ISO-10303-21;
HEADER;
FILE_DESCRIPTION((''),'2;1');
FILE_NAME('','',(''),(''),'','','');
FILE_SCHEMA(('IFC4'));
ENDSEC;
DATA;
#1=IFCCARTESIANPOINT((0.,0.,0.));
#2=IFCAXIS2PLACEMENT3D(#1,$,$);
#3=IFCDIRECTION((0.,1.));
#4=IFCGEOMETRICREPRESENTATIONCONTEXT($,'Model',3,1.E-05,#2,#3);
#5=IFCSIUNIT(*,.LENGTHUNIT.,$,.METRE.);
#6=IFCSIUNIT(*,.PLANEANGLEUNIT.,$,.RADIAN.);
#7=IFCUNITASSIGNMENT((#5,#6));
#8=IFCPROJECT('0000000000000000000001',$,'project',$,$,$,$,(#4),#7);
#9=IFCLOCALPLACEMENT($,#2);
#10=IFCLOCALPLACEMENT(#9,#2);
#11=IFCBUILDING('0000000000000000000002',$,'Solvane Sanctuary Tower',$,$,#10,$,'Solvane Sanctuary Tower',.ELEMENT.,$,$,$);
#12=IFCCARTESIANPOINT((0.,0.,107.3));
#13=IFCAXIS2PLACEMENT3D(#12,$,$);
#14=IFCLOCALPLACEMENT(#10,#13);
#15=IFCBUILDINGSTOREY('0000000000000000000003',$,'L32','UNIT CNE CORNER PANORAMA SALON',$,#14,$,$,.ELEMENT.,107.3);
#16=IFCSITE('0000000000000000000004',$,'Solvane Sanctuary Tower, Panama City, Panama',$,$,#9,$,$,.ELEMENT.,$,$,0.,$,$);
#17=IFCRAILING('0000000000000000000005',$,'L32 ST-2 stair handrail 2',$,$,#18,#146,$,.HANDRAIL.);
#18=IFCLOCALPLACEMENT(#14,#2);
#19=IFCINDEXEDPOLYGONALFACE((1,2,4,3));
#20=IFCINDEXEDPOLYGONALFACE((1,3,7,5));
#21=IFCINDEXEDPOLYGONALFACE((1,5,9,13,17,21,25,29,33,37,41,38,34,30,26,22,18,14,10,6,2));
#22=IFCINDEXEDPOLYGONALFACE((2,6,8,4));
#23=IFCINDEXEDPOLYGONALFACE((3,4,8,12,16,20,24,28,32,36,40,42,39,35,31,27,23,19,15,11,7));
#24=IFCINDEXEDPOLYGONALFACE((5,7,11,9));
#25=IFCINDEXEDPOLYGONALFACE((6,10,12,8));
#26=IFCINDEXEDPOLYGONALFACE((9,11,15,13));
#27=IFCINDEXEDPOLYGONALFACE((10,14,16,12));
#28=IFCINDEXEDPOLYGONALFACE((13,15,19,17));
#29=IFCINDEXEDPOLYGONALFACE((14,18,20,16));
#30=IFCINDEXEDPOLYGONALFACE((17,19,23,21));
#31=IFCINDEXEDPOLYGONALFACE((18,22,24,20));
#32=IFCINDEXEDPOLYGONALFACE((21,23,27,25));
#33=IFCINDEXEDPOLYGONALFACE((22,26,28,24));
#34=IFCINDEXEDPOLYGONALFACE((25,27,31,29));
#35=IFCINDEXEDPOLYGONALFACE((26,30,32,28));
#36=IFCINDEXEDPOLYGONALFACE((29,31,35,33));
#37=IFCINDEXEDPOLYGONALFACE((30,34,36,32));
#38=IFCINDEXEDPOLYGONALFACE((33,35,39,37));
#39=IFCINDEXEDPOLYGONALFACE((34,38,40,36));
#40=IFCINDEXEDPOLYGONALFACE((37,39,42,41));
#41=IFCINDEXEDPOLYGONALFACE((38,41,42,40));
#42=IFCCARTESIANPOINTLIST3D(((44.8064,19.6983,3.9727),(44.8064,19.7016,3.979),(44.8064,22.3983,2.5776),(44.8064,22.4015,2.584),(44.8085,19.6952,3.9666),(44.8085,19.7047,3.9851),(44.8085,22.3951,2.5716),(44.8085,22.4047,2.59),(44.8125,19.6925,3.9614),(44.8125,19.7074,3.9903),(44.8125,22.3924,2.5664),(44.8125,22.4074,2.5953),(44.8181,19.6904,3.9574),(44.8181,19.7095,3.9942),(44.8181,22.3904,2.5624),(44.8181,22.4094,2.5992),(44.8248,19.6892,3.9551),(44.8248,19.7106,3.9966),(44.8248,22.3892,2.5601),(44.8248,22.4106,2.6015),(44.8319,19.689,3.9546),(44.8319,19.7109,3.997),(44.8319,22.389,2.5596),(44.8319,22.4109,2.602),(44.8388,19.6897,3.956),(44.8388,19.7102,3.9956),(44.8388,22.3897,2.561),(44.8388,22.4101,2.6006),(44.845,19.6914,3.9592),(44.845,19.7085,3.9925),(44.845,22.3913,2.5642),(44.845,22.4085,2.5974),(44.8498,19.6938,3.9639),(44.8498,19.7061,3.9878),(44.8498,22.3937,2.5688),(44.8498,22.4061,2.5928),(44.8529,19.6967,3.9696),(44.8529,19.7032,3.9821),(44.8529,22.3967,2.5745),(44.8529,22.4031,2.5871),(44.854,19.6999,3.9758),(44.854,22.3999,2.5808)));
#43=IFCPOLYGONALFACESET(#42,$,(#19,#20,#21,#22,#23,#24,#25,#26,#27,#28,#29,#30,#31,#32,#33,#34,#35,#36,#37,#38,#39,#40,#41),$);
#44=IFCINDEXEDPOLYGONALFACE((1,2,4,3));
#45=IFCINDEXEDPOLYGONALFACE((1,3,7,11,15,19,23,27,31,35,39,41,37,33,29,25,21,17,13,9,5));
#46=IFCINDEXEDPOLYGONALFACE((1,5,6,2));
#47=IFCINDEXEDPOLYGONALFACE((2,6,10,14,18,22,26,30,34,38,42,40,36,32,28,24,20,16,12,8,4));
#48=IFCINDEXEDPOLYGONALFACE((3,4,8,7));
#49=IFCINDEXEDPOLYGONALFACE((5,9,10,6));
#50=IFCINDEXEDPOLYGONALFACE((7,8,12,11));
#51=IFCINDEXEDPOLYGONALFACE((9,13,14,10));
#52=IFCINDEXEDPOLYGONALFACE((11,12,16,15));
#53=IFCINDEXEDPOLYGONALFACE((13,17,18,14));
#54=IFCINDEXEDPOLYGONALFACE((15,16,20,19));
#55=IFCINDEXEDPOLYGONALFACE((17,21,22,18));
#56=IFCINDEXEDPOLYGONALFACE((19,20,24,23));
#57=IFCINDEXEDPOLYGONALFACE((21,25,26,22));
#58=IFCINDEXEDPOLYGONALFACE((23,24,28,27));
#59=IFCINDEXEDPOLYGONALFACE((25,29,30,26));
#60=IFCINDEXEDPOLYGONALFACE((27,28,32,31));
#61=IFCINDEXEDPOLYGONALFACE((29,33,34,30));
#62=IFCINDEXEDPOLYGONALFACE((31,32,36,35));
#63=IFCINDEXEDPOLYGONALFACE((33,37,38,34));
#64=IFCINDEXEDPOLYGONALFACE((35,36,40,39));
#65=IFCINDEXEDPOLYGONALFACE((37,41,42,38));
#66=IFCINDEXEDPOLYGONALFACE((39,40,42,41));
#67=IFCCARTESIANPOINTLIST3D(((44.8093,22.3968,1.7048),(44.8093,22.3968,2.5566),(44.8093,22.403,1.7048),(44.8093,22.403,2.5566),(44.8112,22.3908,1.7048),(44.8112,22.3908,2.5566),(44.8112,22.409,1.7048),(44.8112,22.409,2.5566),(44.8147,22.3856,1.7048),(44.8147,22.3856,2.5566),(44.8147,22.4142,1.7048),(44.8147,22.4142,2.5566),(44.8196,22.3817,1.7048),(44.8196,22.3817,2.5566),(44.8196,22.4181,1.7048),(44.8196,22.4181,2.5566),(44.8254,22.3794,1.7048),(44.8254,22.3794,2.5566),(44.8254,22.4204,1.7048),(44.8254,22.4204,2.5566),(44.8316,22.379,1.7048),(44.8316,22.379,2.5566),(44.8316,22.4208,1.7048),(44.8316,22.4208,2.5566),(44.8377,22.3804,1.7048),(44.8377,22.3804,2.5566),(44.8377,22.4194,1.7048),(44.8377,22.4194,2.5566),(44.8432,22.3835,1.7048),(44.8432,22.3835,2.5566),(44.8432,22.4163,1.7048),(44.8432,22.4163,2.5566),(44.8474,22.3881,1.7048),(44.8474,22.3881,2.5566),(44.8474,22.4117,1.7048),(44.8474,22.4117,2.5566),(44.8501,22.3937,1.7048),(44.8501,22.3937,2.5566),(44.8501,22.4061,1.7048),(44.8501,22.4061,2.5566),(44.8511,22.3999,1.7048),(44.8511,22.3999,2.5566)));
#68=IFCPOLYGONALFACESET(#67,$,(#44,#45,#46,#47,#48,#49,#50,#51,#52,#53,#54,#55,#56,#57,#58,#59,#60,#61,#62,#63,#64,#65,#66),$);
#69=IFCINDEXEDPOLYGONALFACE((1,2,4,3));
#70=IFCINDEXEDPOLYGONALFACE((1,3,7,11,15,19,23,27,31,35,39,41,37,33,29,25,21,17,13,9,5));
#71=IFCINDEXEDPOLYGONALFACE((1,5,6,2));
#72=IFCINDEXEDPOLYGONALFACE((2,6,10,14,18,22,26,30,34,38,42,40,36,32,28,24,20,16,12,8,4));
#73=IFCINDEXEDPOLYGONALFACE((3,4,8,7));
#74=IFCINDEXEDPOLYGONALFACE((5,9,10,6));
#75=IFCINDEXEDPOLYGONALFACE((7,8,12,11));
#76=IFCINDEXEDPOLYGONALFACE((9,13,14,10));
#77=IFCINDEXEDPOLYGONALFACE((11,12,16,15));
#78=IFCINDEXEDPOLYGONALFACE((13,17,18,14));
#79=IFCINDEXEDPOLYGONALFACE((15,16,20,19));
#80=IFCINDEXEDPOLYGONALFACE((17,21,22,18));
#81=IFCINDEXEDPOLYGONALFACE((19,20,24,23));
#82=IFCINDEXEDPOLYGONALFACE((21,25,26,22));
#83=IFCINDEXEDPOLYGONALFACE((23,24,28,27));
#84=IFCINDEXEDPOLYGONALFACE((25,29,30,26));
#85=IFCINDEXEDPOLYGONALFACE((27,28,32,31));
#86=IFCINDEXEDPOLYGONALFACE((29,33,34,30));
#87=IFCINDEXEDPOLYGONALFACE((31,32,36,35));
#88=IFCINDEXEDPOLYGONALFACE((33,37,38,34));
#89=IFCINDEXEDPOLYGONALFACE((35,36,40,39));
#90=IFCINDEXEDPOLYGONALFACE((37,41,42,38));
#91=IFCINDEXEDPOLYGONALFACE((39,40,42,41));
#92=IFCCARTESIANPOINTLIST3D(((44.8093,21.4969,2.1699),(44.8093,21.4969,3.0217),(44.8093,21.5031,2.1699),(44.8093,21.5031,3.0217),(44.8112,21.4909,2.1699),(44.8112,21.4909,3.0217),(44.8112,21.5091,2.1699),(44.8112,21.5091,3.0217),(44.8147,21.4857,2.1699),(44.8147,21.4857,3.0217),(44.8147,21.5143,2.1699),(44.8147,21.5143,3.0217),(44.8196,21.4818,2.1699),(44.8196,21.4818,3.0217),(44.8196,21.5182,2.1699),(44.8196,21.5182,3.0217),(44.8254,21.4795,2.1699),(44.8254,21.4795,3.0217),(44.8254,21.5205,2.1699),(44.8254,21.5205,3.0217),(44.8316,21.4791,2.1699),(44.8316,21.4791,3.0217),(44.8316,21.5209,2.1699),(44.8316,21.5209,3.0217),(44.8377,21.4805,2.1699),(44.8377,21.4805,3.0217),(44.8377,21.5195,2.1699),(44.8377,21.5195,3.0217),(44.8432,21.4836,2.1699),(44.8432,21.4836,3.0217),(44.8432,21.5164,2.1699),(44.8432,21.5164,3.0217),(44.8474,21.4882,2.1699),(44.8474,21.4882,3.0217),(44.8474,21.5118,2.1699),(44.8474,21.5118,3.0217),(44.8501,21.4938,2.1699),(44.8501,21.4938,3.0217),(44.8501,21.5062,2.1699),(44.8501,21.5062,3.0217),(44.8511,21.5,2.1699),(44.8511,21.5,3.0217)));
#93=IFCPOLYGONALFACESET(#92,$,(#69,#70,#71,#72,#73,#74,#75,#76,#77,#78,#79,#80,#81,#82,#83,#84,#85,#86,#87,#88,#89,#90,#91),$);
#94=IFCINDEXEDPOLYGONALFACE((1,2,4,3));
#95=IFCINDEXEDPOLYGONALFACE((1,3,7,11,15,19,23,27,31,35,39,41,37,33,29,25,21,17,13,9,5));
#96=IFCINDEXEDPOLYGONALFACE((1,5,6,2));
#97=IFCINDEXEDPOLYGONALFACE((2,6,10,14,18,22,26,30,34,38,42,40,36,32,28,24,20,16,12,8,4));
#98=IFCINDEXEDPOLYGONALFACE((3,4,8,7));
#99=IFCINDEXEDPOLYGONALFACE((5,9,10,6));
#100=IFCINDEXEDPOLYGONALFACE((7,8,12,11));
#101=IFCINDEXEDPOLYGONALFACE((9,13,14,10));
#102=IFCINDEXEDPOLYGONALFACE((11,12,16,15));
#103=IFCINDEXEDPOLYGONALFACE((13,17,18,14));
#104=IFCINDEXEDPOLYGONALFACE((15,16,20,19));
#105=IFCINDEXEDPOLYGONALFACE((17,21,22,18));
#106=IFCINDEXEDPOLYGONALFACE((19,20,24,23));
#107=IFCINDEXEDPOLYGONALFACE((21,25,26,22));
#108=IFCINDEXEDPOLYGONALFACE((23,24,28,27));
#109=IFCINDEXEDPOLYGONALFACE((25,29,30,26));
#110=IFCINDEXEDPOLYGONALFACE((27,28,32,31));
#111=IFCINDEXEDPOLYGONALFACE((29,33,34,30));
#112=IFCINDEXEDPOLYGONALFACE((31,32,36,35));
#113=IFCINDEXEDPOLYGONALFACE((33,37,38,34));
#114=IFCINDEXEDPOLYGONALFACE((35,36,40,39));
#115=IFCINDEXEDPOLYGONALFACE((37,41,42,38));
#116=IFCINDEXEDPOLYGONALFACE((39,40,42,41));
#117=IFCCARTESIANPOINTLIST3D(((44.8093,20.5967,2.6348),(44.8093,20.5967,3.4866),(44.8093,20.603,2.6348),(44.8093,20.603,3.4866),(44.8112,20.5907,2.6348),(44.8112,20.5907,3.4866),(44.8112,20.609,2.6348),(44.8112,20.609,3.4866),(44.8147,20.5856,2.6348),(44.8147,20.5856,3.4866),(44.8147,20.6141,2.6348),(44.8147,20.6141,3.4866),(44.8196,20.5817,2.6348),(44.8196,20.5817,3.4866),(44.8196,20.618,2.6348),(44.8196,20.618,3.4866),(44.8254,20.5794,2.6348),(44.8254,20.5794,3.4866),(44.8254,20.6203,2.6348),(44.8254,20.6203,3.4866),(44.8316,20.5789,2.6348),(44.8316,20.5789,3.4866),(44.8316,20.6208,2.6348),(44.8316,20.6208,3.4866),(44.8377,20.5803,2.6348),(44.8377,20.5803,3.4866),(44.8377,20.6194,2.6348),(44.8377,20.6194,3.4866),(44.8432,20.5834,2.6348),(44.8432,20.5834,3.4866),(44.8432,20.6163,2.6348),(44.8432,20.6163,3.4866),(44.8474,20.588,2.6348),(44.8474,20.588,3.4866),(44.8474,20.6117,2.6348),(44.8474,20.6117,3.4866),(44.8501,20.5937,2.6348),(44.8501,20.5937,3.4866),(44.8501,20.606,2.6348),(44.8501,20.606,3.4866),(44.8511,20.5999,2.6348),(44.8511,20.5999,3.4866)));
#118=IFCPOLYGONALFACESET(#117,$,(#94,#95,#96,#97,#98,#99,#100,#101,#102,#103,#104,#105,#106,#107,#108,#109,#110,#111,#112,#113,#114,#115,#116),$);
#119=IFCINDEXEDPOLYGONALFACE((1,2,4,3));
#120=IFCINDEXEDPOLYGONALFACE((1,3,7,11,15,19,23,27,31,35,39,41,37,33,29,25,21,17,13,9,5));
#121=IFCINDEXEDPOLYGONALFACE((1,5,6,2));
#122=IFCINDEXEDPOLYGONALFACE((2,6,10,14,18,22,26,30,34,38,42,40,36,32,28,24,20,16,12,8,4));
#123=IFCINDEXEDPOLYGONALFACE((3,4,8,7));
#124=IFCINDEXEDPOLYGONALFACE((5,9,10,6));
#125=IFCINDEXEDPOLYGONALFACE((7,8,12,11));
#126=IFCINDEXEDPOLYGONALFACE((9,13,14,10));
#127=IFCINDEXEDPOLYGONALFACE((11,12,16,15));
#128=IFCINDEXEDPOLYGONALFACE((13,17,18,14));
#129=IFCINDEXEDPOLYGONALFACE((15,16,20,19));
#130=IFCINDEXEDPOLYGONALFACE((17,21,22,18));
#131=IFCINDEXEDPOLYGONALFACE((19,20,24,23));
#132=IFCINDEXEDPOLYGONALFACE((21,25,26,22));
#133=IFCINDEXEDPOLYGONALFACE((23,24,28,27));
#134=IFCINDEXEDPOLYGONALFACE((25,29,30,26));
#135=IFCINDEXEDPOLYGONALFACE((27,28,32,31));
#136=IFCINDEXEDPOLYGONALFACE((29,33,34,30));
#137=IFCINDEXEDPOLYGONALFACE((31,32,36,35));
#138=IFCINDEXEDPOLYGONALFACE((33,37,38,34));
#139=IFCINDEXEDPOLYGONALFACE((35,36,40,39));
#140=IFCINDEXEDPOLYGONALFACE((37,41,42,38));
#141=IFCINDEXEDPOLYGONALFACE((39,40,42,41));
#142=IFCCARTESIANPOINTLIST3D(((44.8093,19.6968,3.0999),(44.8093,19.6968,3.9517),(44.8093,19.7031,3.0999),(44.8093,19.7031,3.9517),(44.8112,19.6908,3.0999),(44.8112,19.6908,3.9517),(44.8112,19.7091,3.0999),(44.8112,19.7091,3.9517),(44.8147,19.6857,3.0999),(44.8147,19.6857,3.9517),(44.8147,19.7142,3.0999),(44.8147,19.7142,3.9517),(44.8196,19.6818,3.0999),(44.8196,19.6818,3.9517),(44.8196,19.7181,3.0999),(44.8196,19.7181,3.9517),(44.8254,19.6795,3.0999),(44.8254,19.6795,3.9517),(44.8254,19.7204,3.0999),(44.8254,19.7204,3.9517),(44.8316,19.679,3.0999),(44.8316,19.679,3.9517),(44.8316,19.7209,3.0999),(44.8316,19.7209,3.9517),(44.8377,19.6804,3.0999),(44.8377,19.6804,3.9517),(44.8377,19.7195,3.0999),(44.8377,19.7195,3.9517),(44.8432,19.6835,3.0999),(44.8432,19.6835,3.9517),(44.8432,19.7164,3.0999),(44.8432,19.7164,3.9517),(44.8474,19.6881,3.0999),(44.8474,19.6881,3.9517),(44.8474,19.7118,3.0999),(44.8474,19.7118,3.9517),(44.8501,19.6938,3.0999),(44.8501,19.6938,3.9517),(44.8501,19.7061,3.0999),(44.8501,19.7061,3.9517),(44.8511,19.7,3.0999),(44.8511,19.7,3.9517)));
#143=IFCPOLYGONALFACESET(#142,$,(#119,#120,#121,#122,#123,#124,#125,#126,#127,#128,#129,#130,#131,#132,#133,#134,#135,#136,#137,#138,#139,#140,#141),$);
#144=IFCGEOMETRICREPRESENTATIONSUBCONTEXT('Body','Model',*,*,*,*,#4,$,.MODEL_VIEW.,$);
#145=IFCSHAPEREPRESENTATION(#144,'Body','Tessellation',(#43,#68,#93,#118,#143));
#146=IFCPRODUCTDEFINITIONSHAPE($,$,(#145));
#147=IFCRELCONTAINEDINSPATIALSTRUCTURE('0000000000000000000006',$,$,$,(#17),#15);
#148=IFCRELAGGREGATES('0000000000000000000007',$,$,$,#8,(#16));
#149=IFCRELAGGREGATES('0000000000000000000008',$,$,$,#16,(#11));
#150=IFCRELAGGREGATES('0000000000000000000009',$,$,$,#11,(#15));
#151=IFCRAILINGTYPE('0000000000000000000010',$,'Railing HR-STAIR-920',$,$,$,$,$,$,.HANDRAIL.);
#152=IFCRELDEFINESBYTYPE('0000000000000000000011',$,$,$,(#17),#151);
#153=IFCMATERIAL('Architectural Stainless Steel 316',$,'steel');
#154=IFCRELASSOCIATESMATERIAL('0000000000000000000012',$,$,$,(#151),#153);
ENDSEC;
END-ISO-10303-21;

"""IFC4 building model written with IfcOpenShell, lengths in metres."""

from ifc_helpers import new_model, si_unit, direction, frame, origin, origin_2d, place, context, subcontext, project, spatial, circle, extrude, material, type_object, element, save


model = new_model("IFC4")

# Units and contexts
model_context = context("Model", 3, precision=1e-05, world=origin(), true_north=direction((0.0, 1.0)))
body_context = subcontext(model_context, "Body", "Model", "MODEL_VIEW")
ifc_project = project(units=[si_unit("LENGTHUNIT", "METRE"), si_unit("PLANEANGLEUNIT", "RADIAN")], contexts=[model_context])

# Site, building, storey
site_placement = place(None, origin())
site = spatial("IfcSite", under=ifc_project, at=site_placement, Name="Solvane Sanctuary Tower, Panama City, Panama", CompositionType="ELEMENT", RefElevation=0.0)
building_placement = place(site_placement, origin())
building = spatial("IfcBuilding", under=site, at=building_placement, Name="Solvane Sanctuary Tower", LongName="Solvane Sanctuary Tower", CompositionType="ELEMENT")
storey_placement = place(building_placement, frame((0.0, 0.0, 107.3)))
storey = spatial("IfcBuildingStorey", under=building, at=storey_placement, Name="L32", Description="UNIT CNE CORNER PANORAMA SALON", CompositionType="ELEMENT", Elevation=107.3)

# Shared definitions
ifc_material_1 = material(Name="Architectural Stainless Steel 316", Category="steel")

# Railing
railing_type_1 = type_object("IfcRailingType", Name="Railing HR-STAIR-920", PredefinedType="HANDRAIL", material=ifc_material_1)
railing_1_placement = place(storey_placement, frame((44.8301, 22.3999, 1.7048)))
element("IfcRailing", 1, at=railing_1_placement, inside=storey, type_object=railing_type_1, Name="L32 ST-2 stair handrail 2", PredefinedType="HANDRAIL", context=body_context, shape_type="SweptSolid", body=[
    extrude(circle(Radius=0.0239, at=origin_2d()), frame((0.0, 0.0, 0.876), z_axis=(0.0, -0.88842, 0.459032), x_axis=(1.0, 0.0, 0.0)), (0.0, 0.0, 1.0), 3.0391),
    extrude(circle(Radius=0.021, at=origin_2d()), origin(), (0.0, 0.0, 1.0), 0.8518),
    extrude(circle(Radius=0.021, at=origin_2d()), frame((0.0, -0.8999, 0.4651)), (0.0, 0.0, 1.0), 0.8518),
    extrude(circle(Radius=0.021, at=origin_2d()), frame((0.0, -1.8, 0.9299)), (0.0, 0.0, 1.0), 0.8518),
    extrude(circle(Radius=0.021, at=origin_2d()), frame((0.0, -2.7, 1.395)), (0.0, 0.0, 1.0), 0.8518),
])

save(model, "model.ifc")
